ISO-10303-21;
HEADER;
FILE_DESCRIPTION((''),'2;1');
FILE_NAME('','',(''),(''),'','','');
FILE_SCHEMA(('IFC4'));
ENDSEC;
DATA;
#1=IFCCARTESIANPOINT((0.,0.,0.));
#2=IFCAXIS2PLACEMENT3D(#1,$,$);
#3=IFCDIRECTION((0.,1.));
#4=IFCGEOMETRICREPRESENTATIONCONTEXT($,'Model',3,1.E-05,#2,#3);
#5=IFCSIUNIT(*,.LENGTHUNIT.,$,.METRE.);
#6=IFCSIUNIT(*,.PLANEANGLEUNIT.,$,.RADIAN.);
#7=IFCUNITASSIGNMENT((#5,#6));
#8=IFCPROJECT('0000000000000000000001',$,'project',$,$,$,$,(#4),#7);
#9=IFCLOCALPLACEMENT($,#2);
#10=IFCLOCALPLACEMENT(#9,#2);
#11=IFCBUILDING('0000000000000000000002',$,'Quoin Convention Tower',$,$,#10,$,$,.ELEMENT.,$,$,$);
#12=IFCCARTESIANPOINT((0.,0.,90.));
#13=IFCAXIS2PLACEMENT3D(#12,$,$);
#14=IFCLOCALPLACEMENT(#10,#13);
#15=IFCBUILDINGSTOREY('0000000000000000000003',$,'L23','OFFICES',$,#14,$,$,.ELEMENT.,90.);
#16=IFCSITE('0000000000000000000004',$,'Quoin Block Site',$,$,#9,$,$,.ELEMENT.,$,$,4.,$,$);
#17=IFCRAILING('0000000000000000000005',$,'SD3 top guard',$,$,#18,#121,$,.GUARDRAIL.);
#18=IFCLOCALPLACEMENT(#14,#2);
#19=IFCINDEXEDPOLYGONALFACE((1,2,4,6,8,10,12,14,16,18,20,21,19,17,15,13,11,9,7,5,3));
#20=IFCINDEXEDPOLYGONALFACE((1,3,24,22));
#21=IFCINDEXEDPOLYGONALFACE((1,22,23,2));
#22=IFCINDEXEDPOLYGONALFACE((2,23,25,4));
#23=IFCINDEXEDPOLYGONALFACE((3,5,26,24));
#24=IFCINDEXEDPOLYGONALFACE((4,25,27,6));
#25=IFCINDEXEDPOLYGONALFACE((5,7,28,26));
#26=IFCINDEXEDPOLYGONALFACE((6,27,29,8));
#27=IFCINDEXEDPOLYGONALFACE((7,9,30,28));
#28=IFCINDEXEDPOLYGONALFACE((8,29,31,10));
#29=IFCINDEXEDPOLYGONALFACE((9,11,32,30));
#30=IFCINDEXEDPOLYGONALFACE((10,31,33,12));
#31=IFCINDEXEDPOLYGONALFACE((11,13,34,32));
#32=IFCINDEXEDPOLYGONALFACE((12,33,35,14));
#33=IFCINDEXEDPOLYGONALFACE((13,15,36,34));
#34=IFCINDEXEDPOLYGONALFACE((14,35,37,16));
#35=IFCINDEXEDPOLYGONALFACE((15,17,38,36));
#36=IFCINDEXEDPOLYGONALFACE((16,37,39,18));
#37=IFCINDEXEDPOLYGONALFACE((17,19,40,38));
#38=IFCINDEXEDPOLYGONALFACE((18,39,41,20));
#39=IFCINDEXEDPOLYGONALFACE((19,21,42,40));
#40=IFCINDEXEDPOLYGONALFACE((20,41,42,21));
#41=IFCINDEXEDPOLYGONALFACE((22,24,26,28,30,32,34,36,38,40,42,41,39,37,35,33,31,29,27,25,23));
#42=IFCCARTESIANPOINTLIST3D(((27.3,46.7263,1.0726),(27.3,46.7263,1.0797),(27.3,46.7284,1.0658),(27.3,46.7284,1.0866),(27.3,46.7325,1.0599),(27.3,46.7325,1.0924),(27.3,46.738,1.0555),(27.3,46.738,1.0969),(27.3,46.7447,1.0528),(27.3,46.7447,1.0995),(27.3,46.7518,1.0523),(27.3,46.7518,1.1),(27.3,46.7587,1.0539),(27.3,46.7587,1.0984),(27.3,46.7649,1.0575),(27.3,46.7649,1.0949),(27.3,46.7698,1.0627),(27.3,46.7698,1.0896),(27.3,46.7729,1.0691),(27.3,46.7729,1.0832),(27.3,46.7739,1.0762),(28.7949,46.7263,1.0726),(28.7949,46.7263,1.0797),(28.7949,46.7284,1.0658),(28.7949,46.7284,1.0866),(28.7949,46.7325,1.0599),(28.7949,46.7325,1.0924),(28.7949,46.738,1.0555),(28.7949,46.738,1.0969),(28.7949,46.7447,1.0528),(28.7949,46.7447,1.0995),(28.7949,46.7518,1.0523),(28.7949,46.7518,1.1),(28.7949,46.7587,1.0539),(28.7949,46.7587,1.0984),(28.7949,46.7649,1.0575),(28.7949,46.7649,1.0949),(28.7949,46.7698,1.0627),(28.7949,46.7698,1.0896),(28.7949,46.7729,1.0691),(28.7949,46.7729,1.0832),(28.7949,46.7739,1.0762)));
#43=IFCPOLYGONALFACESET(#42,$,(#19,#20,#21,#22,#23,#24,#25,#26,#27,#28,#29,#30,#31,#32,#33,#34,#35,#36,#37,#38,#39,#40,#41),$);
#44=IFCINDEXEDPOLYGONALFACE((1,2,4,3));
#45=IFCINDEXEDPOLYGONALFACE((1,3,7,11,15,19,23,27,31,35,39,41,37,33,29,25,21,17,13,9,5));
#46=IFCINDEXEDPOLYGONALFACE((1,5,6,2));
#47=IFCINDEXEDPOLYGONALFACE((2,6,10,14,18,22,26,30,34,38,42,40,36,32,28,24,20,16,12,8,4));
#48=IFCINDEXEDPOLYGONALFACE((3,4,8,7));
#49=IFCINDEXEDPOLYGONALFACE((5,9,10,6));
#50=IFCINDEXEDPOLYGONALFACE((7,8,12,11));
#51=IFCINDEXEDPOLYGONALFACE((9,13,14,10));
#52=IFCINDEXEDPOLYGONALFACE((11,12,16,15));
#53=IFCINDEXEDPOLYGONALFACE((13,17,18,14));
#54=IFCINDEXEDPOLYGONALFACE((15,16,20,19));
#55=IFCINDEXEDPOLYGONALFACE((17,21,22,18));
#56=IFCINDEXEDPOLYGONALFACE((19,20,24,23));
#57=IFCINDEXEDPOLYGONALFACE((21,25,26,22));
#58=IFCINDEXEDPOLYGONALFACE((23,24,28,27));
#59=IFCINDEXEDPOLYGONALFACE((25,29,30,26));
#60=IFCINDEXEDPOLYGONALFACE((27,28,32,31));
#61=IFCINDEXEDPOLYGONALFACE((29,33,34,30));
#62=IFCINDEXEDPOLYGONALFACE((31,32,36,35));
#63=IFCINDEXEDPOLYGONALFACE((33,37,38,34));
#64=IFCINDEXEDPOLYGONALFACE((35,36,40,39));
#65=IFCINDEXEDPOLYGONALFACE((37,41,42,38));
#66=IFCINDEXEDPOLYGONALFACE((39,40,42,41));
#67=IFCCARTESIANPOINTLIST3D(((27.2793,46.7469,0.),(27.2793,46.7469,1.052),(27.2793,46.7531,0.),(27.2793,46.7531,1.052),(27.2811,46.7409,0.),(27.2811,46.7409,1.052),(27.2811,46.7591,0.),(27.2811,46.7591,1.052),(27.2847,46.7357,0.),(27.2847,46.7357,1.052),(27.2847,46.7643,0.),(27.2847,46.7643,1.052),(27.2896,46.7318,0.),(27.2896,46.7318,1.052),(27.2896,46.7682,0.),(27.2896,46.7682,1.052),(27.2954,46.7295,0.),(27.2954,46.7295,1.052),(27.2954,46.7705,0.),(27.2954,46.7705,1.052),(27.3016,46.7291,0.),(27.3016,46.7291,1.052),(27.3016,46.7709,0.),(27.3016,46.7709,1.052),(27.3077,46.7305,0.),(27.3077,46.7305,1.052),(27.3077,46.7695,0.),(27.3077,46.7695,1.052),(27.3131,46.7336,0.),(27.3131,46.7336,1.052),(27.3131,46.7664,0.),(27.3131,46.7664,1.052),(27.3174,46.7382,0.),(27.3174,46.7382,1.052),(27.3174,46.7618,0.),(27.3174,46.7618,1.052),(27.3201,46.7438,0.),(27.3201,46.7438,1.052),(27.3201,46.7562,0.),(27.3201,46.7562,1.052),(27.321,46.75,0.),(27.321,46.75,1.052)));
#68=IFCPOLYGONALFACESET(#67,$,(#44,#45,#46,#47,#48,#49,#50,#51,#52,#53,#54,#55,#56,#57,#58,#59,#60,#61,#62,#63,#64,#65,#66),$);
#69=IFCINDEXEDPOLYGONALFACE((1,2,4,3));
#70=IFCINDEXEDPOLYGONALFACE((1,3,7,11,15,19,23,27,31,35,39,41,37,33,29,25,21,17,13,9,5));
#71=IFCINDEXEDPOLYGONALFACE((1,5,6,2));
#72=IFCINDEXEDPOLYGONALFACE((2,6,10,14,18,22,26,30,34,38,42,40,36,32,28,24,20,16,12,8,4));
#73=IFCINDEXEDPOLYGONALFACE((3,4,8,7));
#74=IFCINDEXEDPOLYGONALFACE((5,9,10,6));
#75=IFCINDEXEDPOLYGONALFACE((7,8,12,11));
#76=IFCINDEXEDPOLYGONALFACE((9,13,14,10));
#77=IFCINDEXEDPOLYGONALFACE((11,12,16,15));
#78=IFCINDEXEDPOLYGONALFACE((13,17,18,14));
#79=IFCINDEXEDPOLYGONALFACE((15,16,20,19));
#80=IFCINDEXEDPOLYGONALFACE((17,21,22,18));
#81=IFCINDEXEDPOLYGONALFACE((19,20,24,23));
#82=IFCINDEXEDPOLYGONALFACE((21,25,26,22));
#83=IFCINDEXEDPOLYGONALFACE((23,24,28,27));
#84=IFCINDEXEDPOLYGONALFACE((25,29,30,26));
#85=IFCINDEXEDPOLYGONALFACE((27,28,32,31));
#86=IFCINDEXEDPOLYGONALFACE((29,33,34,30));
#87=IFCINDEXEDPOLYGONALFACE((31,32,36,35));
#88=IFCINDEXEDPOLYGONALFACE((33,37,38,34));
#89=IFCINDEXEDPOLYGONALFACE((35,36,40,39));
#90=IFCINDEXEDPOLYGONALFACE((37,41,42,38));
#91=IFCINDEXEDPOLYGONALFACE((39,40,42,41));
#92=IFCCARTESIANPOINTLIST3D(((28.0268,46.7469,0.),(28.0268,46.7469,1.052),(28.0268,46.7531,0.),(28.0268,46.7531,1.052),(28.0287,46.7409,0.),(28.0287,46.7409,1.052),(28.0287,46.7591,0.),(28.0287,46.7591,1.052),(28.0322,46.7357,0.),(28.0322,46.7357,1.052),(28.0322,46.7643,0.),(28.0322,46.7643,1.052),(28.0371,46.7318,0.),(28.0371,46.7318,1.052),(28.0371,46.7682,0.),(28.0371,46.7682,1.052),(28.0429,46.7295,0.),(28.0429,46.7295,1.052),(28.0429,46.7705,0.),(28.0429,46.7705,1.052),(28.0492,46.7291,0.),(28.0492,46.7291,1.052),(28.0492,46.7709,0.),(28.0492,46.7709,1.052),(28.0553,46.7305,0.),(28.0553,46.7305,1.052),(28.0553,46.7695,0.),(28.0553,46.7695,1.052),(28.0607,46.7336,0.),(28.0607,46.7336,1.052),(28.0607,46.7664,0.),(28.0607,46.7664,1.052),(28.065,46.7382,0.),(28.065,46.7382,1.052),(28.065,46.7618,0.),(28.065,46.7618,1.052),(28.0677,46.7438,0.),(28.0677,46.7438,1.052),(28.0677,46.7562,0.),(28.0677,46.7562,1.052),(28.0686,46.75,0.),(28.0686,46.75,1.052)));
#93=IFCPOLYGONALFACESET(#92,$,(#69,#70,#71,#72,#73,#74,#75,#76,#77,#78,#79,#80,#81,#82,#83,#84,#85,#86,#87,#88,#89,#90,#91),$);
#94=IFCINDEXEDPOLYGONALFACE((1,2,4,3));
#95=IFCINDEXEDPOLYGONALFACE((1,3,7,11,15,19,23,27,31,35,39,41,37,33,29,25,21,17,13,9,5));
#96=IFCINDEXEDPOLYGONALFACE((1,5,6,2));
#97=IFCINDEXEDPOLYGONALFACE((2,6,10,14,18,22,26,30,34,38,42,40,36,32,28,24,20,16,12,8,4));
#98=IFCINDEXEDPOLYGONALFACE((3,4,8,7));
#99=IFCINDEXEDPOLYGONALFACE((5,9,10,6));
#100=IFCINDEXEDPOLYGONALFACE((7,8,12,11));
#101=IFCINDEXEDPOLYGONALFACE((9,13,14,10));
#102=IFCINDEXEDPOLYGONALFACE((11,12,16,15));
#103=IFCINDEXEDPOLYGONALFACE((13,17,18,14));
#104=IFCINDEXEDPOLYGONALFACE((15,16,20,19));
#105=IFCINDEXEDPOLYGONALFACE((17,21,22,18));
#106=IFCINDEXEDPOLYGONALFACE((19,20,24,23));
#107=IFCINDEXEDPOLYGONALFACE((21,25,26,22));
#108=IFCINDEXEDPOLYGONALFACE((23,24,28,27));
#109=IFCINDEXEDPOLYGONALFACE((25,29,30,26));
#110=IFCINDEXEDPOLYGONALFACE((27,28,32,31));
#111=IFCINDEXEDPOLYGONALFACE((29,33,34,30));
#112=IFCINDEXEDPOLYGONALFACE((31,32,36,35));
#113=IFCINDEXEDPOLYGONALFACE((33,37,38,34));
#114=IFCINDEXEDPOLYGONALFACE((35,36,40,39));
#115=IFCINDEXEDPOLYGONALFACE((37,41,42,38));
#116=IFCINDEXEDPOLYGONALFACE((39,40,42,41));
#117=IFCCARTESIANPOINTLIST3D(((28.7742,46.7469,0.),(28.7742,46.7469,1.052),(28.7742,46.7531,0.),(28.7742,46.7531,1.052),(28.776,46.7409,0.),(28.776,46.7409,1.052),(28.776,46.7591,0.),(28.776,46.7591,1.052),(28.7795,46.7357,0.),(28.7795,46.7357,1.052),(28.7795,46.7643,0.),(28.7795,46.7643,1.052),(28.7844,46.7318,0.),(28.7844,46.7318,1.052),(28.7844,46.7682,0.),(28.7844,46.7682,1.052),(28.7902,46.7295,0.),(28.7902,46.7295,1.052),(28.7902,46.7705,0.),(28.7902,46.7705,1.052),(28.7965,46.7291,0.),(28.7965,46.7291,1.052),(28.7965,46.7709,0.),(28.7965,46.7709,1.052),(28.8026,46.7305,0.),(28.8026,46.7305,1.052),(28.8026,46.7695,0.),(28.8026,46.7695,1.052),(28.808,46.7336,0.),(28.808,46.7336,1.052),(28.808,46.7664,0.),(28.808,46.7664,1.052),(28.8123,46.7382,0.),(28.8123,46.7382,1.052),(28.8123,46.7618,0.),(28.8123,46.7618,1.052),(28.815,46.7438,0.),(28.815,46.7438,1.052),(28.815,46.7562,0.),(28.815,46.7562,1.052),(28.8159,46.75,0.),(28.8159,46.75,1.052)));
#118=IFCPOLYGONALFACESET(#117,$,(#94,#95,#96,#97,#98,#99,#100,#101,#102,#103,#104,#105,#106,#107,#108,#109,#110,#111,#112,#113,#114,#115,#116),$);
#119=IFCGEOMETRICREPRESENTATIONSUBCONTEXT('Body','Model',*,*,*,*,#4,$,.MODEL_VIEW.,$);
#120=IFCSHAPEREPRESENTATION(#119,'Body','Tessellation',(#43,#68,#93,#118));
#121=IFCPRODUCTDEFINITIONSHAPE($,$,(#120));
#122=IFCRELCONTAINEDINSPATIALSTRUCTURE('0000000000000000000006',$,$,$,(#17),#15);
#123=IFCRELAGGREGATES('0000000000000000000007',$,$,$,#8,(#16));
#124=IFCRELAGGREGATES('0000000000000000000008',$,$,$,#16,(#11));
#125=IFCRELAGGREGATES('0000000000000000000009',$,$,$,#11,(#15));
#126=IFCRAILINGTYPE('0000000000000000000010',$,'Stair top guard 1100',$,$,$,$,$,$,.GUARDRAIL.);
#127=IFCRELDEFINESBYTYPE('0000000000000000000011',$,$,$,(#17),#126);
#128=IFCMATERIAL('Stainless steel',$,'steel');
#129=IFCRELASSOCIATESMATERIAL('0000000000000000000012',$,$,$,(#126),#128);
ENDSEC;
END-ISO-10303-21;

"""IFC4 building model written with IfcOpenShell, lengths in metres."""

from ifc_helpers import new_model, si_unit, direction, frame, origin, origin_2d, place, context, subcontext, project, spatial, circle, extrude, material, type_object, element, save


model = new_model("IFC4")

# Units and contexts
model_context = context("Model", 3, precision=1e-05, world=origin(), true_north=direction((0.0, 1.0)))
body_context = subcontext(model_context, "Body", "Model", "MODEL_VIEW")
ifc_project = project(units=[si_unit("LENGTHUNIT", "METRE"), si_unit("PLANEANGLEUNIT", "RADIAN")], contexts=[model_context])

# Site, building, storey
site_placement = place(None, origin())
site = spatial("IfcSite", under=ifc_project, at=site_placement, Name="Quoin Block Site", CompositionType="ELEMENT", RefElevation=4.0)
building_placement = place(site_placement, origin())
building = spatial("IfcBuilding", under=site, at=building_placement, Name="Quoin Convention Tower", CompositionType="ELEMENT")
storey_placement = place(building_placement, frame((0.0, 0.0, 90.0)))
storey = spatial("IfcBuildingStorey", under=building, at=storey_placement, Name="L23", Description="OFFICES", CompositionType="ELEMENT", Elevation=90.0)

# Railing
ifc_material_1 = material(Name="Stainless steel", Category="steel")
railing_type = type_object("IfcRailingType", Name="Stair top guard 1100", PredefinedType="GUARDRAIL", material=ifc_material_1)
railing_placement = place(storey_placement, frame((27.3, 46.75, 0.0)))
element("IfcRailing", 1, at=railing_placement, inside=storey, type_object=railing_type, Name="SD3 top guard", PredefinedType="GUARDRAIL", context=body_context, shape_type="SweptSolid", body=[
    extrude(circle(Radius=0.0239, at=origin_2d()), frame((0.0, 0.0, 1.0762), z_axis=(1.0, 0.0, 0.0), x_axis=(0.0, 1.0, 0.0)), (0.0, 0.0, 1.0), 1.4949),
    extrude(circle(Radius=0.021, at=origin_2d()), origin(), (0.0, 0.0, 1.0), 1.052),
    extrude(circle(Radius=0.021, at=origin_2d()), frame((0.7476, 0.0, 0.0)), (0.0, 0.0, 1.0), 1.052),
    extrude(circle(Radius=0.021, at=origin_2d()), frame((1.4949, 0.0, 0.0)), (0.0, 0.0, 1.0), 1.052),
])

save(model, "model.ifc")
